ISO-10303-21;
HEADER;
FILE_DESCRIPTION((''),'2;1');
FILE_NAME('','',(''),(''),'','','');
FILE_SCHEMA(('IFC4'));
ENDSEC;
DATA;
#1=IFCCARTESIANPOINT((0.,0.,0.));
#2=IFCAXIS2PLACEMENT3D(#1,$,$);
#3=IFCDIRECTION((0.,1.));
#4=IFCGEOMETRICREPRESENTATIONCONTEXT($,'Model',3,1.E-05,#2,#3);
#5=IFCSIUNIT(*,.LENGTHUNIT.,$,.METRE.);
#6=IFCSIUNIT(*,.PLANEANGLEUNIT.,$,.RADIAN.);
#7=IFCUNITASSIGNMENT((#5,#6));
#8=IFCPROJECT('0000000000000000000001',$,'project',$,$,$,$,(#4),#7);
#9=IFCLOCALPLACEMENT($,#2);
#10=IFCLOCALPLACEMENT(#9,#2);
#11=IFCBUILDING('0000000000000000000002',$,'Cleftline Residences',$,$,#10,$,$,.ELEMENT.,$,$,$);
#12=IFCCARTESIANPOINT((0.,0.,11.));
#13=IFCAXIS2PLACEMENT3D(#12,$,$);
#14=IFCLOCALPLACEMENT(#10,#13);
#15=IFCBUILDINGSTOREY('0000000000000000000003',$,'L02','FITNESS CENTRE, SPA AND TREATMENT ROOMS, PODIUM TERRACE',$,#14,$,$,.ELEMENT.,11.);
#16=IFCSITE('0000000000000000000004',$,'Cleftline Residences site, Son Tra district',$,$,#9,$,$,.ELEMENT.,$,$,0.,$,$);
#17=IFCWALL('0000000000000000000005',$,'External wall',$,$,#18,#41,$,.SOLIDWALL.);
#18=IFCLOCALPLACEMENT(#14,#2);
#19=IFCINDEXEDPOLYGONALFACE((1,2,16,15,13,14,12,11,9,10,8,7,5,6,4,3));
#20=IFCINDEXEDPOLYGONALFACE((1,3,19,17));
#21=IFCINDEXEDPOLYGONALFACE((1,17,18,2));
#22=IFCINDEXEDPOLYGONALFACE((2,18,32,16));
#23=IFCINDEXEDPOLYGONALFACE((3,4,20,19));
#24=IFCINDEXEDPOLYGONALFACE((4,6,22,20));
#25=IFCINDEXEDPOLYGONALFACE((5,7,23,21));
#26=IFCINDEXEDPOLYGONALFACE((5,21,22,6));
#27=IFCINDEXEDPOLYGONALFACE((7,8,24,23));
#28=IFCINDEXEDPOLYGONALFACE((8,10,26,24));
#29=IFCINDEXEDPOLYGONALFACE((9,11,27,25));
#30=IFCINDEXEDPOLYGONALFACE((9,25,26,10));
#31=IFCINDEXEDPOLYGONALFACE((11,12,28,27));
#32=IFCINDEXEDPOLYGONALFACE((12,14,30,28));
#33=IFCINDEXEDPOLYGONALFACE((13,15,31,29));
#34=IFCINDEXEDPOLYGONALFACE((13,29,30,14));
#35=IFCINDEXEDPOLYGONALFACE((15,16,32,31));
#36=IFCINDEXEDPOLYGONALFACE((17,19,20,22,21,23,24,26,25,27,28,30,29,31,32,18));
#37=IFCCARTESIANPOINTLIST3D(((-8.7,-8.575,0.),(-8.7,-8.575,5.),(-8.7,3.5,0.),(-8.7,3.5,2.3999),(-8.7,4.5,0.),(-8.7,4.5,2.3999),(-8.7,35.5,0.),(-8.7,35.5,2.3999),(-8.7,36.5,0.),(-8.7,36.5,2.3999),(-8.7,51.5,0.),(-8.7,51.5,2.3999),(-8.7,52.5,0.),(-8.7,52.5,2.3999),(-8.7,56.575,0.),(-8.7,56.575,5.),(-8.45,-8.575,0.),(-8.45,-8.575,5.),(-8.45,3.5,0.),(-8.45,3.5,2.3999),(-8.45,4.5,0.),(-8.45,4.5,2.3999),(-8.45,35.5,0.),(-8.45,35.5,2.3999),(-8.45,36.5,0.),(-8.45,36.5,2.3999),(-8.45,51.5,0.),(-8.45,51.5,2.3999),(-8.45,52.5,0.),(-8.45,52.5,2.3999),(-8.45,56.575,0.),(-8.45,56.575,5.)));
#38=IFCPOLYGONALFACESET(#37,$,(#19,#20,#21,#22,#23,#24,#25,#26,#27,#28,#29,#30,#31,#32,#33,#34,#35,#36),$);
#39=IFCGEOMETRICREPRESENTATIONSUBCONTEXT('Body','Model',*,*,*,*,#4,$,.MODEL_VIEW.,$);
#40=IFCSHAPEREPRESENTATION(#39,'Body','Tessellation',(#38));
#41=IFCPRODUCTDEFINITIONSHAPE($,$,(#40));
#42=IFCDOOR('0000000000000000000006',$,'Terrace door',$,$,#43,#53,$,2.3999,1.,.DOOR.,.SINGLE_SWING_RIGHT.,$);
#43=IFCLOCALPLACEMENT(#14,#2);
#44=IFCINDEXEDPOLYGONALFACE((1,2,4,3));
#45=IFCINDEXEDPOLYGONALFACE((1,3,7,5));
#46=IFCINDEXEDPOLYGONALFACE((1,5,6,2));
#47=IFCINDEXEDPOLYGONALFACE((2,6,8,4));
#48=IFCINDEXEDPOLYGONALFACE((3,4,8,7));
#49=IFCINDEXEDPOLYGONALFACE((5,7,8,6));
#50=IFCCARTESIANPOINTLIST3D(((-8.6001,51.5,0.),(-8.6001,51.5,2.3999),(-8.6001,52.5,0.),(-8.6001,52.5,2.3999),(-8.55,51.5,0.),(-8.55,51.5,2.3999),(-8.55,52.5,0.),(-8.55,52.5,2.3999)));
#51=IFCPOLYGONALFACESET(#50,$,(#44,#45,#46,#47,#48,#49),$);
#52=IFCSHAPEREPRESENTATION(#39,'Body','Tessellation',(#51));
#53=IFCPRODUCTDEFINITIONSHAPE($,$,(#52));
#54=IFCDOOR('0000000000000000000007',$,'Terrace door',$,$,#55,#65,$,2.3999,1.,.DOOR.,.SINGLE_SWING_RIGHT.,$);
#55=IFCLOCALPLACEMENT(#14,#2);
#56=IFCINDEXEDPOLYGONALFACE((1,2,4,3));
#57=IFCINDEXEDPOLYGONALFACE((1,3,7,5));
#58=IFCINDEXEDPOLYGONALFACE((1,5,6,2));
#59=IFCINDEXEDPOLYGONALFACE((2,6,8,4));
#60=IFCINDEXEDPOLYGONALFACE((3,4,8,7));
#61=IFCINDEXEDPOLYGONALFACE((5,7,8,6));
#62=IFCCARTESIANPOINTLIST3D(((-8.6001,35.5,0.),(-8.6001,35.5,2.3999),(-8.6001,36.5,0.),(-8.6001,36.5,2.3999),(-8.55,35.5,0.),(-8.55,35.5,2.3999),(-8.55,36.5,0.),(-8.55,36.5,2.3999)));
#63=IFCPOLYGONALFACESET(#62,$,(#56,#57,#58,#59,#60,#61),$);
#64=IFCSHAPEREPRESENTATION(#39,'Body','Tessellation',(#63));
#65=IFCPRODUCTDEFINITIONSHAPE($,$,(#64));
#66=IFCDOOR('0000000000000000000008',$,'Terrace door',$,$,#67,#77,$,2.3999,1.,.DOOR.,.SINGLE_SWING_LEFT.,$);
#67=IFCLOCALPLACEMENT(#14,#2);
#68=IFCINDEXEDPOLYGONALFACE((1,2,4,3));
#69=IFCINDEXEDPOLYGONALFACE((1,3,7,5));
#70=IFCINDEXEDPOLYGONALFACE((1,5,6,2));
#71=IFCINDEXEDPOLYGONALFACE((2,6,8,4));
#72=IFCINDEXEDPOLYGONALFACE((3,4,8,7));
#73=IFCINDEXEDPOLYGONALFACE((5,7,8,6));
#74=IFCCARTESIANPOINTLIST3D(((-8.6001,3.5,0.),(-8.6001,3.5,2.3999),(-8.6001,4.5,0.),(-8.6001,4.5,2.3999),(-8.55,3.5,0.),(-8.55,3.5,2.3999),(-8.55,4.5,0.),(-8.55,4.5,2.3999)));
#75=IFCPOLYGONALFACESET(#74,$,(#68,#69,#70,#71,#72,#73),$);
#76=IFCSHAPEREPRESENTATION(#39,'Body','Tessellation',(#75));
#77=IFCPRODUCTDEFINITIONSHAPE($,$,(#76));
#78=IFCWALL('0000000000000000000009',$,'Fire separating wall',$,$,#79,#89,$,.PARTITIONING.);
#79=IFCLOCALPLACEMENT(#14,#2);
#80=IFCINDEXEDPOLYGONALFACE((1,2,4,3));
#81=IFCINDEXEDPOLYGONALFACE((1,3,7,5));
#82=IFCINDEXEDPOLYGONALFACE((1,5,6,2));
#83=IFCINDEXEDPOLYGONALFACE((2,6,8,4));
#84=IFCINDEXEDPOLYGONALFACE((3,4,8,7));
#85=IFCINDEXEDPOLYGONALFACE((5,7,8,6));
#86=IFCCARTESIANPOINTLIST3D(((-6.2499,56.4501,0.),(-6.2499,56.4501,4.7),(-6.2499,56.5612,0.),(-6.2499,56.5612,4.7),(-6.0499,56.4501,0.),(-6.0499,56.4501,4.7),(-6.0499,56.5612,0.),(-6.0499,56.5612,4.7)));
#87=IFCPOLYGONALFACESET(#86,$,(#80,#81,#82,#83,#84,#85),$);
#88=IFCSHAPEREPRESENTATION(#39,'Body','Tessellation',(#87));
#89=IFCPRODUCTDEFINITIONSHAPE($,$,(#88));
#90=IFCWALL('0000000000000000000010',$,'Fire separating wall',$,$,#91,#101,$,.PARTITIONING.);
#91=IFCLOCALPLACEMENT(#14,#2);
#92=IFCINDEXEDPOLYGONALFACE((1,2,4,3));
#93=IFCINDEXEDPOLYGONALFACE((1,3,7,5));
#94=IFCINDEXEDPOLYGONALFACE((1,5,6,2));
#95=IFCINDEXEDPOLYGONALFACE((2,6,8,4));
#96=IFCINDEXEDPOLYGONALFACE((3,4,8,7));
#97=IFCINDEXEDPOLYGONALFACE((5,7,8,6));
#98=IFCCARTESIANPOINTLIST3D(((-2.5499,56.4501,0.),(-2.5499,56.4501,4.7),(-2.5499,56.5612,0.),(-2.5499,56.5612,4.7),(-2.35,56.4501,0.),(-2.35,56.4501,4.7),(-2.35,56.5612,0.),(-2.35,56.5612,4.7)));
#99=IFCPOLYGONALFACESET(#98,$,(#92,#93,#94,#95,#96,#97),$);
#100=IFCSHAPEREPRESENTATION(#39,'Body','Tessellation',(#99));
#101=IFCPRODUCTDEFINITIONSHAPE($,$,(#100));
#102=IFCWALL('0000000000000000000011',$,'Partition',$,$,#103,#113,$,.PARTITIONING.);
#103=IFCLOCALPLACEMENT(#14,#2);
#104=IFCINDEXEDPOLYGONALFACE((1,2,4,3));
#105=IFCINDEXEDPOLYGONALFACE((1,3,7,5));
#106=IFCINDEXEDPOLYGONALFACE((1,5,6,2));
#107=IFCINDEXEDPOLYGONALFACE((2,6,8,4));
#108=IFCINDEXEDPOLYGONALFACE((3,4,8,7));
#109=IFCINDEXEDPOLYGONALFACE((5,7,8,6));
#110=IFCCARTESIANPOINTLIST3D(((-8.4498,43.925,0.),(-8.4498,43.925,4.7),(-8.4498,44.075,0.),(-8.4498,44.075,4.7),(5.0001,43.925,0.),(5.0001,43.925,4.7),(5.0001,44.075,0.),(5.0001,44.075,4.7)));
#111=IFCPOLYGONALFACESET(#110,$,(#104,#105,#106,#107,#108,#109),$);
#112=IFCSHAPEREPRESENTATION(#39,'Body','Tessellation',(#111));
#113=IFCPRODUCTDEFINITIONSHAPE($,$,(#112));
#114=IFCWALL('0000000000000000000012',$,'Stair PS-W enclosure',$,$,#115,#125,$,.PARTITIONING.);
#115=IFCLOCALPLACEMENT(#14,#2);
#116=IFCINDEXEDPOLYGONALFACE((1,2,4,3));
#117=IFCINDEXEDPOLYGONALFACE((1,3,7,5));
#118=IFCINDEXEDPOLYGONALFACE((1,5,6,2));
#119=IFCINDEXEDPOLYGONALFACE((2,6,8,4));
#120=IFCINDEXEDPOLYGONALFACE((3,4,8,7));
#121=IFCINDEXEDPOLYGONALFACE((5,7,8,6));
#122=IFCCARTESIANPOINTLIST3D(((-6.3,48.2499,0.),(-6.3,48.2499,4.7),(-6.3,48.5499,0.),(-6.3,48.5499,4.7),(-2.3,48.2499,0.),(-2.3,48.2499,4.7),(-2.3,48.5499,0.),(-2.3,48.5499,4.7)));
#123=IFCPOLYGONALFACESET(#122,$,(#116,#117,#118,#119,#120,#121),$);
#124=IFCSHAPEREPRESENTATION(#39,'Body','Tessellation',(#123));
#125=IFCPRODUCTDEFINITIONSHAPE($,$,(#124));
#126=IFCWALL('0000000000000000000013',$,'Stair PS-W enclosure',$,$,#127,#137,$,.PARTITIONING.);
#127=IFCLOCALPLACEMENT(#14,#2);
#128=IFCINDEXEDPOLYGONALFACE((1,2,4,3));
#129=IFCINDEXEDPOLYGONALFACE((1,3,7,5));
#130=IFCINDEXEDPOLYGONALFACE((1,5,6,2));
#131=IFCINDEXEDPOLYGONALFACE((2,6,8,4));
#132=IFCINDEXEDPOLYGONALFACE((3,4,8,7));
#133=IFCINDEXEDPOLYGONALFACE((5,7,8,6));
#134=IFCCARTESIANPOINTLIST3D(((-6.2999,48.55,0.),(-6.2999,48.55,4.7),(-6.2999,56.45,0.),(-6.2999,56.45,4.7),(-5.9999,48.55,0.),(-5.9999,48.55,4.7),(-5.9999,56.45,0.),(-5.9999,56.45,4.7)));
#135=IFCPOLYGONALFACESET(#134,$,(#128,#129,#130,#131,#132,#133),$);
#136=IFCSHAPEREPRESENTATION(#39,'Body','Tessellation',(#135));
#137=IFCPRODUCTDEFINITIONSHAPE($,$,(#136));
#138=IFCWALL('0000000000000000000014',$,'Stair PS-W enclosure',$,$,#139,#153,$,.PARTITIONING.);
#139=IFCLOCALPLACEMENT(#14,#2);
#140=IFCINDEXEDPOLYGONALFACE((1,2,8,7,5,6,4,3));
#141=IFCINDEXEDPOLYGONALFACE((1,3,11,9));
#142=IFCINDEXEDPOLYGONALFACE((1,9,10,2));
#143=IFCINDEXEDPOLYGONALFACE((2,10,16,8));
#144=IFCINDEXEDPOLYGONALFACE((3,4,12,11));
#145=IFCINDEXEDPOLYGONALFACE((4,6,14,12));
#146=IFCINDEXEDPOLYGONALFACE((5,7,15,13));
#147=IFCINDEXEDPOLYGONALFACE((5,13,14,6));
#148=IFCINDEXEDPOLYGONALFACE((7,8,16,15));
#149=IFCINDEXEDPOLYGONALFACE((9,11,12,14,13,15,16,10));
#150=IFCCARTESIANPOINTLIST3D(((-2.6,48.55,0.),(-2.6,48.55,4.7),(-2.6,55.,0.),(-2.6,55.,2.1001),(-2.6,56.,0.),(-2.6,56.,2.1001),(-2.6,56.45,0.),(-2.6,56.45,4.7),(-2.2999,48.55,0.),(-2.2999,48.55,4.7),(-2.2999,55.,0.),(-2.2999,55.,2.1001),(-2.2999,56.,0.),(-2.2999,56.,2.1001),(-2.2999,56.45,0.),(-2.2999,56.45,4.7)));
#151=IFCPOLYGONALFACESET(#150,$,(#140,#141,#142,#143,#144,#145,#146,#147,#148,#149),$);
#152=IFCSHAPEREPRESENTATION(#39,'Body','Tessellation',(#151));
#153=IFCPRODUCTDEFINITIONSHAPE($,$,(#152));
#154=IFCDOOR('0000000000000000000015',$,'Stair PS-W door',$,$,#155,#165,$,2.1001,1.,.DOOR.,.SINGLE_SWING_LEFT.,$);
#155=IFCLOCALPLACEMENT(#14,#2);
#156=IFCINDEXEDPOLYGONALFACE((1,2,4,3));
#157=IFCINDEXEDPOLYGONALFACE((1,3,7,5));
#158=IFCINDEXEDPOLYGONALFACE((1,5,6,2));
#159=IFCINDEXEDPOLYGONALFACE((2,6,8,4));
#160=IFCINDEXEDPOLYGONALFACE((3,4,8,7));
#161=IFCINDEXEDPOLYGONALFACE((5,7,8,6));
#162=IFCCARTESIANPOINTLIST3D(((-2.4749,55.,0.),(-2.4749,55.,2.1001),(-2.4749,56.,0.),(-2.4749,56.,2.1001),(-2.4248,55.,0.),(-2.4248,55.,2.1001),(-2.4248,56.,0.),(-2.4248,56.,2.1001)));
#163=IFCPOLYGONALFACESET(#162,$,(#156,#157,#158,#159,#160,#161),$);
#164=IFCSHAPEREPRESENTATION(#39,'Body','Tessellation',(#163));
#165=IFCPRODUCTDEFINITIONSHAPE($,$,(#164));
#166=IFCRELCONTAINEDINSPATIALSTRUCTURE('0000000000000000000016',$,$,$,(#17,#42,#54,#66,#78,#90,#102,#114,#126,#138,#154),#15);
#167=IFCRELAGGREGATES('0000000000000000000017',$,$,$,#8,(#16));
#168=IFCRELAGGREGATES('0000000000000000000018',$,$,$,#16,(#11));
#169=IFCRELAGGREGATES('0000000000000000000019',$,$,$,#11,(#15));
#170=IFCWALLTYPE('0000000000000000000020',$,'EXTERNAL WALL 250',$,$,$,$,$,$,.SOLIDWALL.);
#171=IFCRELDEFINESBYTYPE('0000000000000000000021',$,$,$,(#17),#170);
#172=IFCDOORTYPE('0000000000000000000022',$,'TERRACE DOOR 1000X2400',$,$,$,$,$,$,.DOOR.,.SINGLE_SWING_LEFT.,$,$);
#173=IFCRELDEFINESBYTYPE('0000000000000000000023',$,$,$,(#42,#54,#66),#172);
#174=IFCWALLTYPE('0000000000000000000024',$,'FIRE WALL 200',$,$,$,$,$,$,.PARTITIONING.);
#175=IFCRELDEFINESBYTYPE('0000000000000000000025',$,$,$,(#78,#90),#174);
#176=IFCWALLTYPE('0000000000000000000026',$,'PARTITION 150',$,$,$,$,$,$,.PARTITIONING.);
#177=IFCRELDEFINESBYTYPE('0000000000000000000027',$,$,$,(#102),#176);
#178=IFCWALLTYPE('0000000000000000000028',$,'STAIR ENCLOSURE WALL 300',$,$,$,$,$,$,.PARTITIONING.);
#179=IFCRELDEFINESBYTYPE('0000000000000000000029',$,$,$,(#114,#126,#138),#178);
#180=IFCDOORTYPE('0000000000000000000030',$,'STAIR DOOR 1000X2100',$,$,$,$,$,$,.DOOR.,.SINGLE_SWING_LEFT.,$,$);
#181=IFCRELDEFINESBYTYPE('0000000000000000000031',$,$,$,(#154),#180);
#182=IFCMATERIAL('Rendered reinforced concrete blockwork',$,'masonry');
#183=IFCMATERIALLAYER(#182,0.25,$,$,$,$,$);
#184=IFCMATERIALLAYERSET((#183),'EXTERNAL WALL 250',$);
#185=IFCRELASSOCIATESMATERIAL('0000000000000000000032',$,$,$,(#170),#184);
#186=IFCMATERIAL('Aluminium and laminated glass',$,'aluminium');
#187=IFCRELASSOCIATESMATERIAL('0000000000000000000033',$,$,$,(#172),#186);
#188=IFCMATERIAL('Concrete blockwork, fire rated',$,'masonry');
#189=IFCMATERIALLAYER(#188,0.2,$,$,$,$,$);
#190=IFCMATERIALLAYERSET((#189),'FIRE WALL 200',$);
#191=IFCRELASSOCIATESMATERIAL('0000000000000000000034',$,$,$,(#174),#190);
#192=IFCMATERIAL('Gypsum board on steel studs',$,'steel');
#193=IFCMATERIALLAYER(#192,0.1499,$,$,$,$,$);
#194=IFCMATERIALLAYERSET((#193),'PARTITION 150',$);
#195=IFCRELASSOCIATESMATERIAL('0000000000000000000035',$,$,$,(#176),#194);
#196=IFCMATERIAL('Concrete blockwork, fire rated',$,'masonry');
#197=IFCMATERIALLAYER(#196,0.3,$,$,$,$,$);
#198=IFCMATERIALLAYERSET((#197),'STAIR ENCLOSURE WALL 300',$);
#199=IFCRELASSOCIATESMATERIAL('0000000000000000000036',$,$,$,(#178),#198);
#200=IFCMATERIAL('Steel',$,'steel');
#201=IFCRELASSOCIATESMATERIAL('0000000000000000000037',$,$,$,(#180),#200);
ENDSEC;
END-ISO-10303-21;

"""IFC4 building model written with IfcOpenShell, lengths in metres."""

from ifc_helpers import new_model, si_unit, direction, frame, frame_2d, origin, place, context, subcontext, project, spatial, rectangle, extrude, material, layer, layer_set, type_object, element, fill, save


model = new_model("IFC4")

# Units and contexts
model_context = context("Model", 3, precision=1e-05, world=origin(), true_north=direction((0.0, 1.0)))
body_context = subcontext(model_context, "Body", "Model", "MODEL_VIEW")
ifc_project = project(units=[si_unit("LENGTHUNIT", "METRE"), si_unit("PLANEANGLEUNIT", "RADIAN")], contexts=[model_context])

# Site, building, storey
site_placement = place(None, origin())
site = spatial("IfcSite", under=ifc_project, at=site_placement, Name="Cleftline Residences site, Son Tra district", CompositionType="ELEMENT", RefElevation=0.0)
building_placement = place(site_placement, origin())
building = spatial("IfcBuilding", under=site, at=building_placement, Name="Cleftline Residences", CompositionType="ELEMENT")
storey_placement = place(building_placement, frame((0.0, 0.0, 11.0)))
storey = spatial("IfcBuildingStorey", under=building, at=storey_placement, Name="L02", Description="FITNESS CENTRE, SPA AND TREATMENT ROOMS, PODIUM TERRACE", CompositionType="ELEMENT", Elevation=11.0)

# Wall, openings, doors
ifc_material_1 = material(Name="Rendered reinforced concrete blockwork", Category="masonry")
ifc_layer_1 = layer(ifc_material_1, 0.25)
ifc_layer_set_1 = layer_set([ifc_layer_1], Name="EXTERNAL WALL 250")
wall_type_1 = type_object("IfcWallType", Name="EXTERNAL WALL 250", PredefinedType="SOLIDWALL", material=ifc_layer_set_1)
wall_1_placement = place(storey_placement, frame((-8.575, 56.575, 0.0), z_axis=(0.0, 0.0, 1.0), x_axis=(0.0, -1.0, 0.0)))
wall_1 = element("IfcWall", 1, at=wall_1_placement, inside=storey, type_object=wall_type_1, Name="External wall", PredefinedType="SOLIDWALL", context=body_context, shape_type="SweptSolid", body=[
    extrude(rectangle(XDim=65.1499, YDim=0.25, at=frame_2d((32.575, 0.0))), origin(), (0.0, 0.0, 1.0), 5.0),
])
opening_1_placement = place(wall_1_placement, frame((4.075, 0.0, 0.0)))
opening_1 = element("IfcOpeningElement", 2, at=opening_1_placement, cuts=wall_1, PredefinedType="OPENING", context=body_context, shape_type="SweptSolid", body=[
    extrude(rectangle(XDim=1.0, YDim=2.3999, at=frame_2d((0.5, 1.2))), frame((0.0, 0.135, 0.0), z_axis=(0.0, -1.0, 0.0), x_axis=(1.0, 0.0, 0.0)), (0.0, 0.0, 1.0), 0.27),
])
opening_2_placement = place(wall_1_placement, frame((20.075, 0.0, 0.0)))
opening_2 = element("IfcOpeningElement", 3, at=opening_2_placement, cuts=wall_1, PredefinedType="OPENING", context=body_context, shape_type="SweptSolid", body=[
    extrude(rectangle(XDim=1.0, YDim=2.3999, at=frame_2d((0.5, 1.2))), frame((0.0, 0.135, 0.0), z_axis=(0.0, -1.0, 0.0), x_axis=(1.0, 0.0, 0.0)), (0.0, 0.0, 1.0), 0.27),
])
opening_3_placement = place(wall_1_placement, frame((52.075, 0.0, 0.0)))
opening_3 = element("IfcOpeningElement", 4, at=opening_3_placement, cuts=wall_1, PredefinedType="OPENING", context=body_context, shape_type="SweptSolid", body=[
    extrude(rectangle(XDim=1.0, YDim=2.3999, at=frame_2d((0.5, 1.2))), frame((0.0, 0.135, 0.0), z_axis=(0.0, -1.0, 0.0), x_axis=(1.0, 0.0, 0.0)), (0.0, 0.0, 1.0), 0.27),
])
ifc_material_2 = material(Name="Aluminium and laminated glass", Category="aluminium")
door_type_1 = type_object("IfcDoorType", Name="TERRACE DOOR 1000X2400", OperationType="SINGLE_SWING_LEFT", PredefinedType="DOOR", material=ifc_material_2)
door_1_placement = place(opening_1_placement, origin())
door_1 = element("IfcDoor", 5, at=door_1_placement, inside=storey, type_object=door_type_1, Name="Terrace door", OperationType="SINGLE_SWING_RIGHT", OverallHeight=2.3999, OverallWidth=1.0, PredefinedType="DOOR", context=body_context, shape_type="SweptSolid", body=[
    extrude(rectangle(XDim=1.0, YDim=2.3999, at=frame_2d((0.5, 1.2))), frame((0.0, 0.0249, 0.0), z_axis=(0.0, -1.0, 0.0), x_axis=(1.0, 0.0, 0.0)), (0.0, 0.0, 1.0), 0.05),
])
fill(opening_1, door_1)
door_2_placement = place(opening_2_placement, origin())
door_2 = element("IfcDoor", 6, at=door_2_placement, inside=storey, type_object=door_type_1, Name="Terrace door", OperationType="SINGLE_SWING_RIGHT", OverallHeight=2.3999, OverallWidth=1.0, PredefinedType="DOOR", context=body_context, shape_type="SweptSolid", body=[
    extrude(rectangle(XDim=1.0, YDim=2.3999, at=frame_2d((0.5, 1.2))), frame((0.0, 0.0249, 0.0), z_axis=(0.0, -1.0, 0.0), x_axis=(1.0, 0.0, 0.0)), (0.0, 0.0, 1.0), 0.05),
])
fill(opening_2, door_2)
door_3_placement = place(opening_3_placement, origin())
door_3 = element("IfcDoor", 7, at=door_3_placement, inside=storey, type_object=door_type_1, Name="Terrace door", OperationType="SINGLE_SWING_LEFT", OverallHeight=2.3999, OverallWidth=1.0, PredefinedType="DOOR", context=body_context, shape_type="SweptSolid", body=[
    extrude(rectangle(XDim=1.0, YDim=2.3999, at=frame_2d((0.5, 1.2))), frame((0.0, 0.0249, 0.0), z_axis=(0.0, -1.0, 0.0), x_axis=(1.0, 0.0, 0.0)), (0.0, 0.0, 1.0), 0.05),
])
fill(opening_3, door_3)

# Walls
ifc_material_3 = material(Name="Concrete blockwork, fire rated", Category="masonry")
ifc_layer_2 = layer(ifc_material_3, 0.2)
ifc_layer_set_2 = layer_set([ifc_layer_2], Name="FIRE WALL 200")
wall_type_2 = type_object("IfcWallType", Name="FIRE WALL 200", PredefinedType="PARTITIONING", material=ifc_layer_set_2)
for number, where, z_axis, x_axis, name in (
    (8, (-6.1499, 56.45, 0.0), (0.0, 0.0, 1.0), (0.0, 1.0, 0.0), "Fire separating wall"),
    (9, (-2.45, 56.45, 0.0), (0.0, 0.0, 1.0), (0.0, 1.0, 0.0), "Fire separating wall"),
):
    element("IfcWall", number, at=place(storey_placement, frame(where, z_axis=z_axis, x_axis=x_axis)), inside=storey, type_object=wall_type_2, Name=name, PredefinedType="PARTITIONING", context=body_context, shape_type="SweptSolid", body=[
        extrude(rectangle(XDim=0.1111, YDim=0.2, at=frame_2d((0.0557, 0.0))), origin(), (0.0, 0.0, 1.0), 4.7),
    ])
ifc_material_4 = material(Name="Gypsum board on steel studs", Category="steel")
ifc_layer_3 = layer(ifc_material_4, 0.1499)
ifc_layer_set_3 = layer_set([ifc_layer_3], Name="PARTITION 150")
wall_type_3 = type_object("IfcWallType", Name="PARTITION 150", PredefinedType="PARTITIONING", material=ifc_layer_set_3)
wall_2_placement = place(storey_placement, frame((-8.45, 44.0, 0.0), z_axis=(0.0, 0.0, 1.0), x_axis=(1.0, 0.0, 0.0)))
element("IfcWall", 10, at=wall_2_placement, inside=storey, type_object=wall_type_3, Name="Partition", PredefinedType="PARTITIONING", context=body_context, shape_type="SweptSolid", body=[
    extrude(rectangle(XDim=13.45, YDim=0.1499, at=frame_2d((6.7251, 0.0))), origin(), (0.0, 0.0, 1.0), 4.7),
])
ifc_material_5 = material(Name="Concrete blockwork, fire rated", Category="masonry")
ifc_layer_4 = layer(ifc_material_5, 0.3)
ifc_layer_set_4 = layer_set([ifc_layer_4], Name="STAIR ENCLOSURE WALL 300")
wall_type_4 = type_object("IfcWallType", Name="STAIR ENCLOSURE WALL 300", PredefinedType="PARTITIONING", material=ifc_layer_set_4)
wall_3_placement = place(storey_placement, frame((-6.3, 48.3999, 0.0), z_axis=(0.0, 0.0, 1.0), x_axis=(1.0, 0.0, 0.0)))
element("IfcWall", 11, at=wall_3_placement, inside=storey, type_object=wall_type_4, Name="Stair PS-W enclosure", PredefinedType="PARTITIONING", context=body_context, shape_type="SweptSolid", body=[
    extrude(rectangle(XDim=4.0, YDim=0.3, at=frame_2d((2.0, 0.0))), origin(), (0.0, 0.0, 1.0), 4.7),
])
wall_4_placement = place(storey_placement, frame((-6.1499, 48.55, 0.0), z_axis=(0.0, 0.0, 1.0), x_axis=(0.0, 1.0, 0.0)))
element("IfcWall", 12, at=wall_4_placement, inside=storey, type_object=wall_type_4, Name="Stair PS-W enclosure", PredefinedType="PARTITIONING", context=body_context, shape_type="SweptSolid", body=[
    extrude(rectangle(XDim=7.8999, YDim=0.3, at=frame_2d((3.95, 0.0))), origin(), (0.0, 0.0, 1.0), 4.7),
])

# Wall, opening, door
wall_5_placement = place(storey_placement, frame((-2.45, 48.55, 0.0), z_axis=(0.0, 0.0, 1.0), x_axis=(0.0, 1.0, 0.0)))
wall_5 = element("IfcWall", 13, at=wall_5_placement, inside=storey, type_object=wall_type_4, Name="Stair PS-W enclosure", PredefinedType="PARTITIONING", context=body_context, shape_type="SweptSolid", body=[
    extrude(rectangle(XDim=7.8999, YDim=0.3, at=frame_2d((3.95, 0.0))), origin(), (0.0, 0.0, 1.0), 4.7),
])
opening_4_placement = place(wall_5_placement, frame((6.45, 0.0, 0.0)))
opening_4 = element("IfcOpeningElement", 14, at=opening_4_placement, cuts=wall_5, PredefinedType="OPENING", context=body_context, shape_type="SweptSolid", body=[
    extrude(rectangle(XDim=1.0, YDim=2.1001, at=frame_2d((0.5, 1.05))), frame((0.0, 0.1599, 0.0), z_axis=(0.0, -1.0, 0.0), x_axis=(1.0, 0.0, 0.0)), (0.0, 0.0, 1.0), 0.3201),
])
ifc_material_6 = material(Name="Steel", Category="steel")
door_type_2 = type_object("IfcDoorType", Name="STAIR DOOR 1000X2100", OperationType="SINGLE_SWING_LEFT", PredefinedType="DOOR", material=ifc_material_6)
door_4_placement = place(opening_4_placement, origin())
door_4 = element("IfcDoor", 15, at=door_4_placement, inside=storey, type_object=door_type_2, Name="Stair PS-W door", OperationType="SINGLE_SWING_LEFT", OverallHeight=2.1001, OverallWidth=1.0, PredefinedType="DOOR", context=body_context, shape_type="SweptSolid", body=[
    extrude(rectangle(XDim=1.0, YDim=2.1001, at=frame_2d((0.5, 1.05))), frame((0.0, 0.0249, 0.0), z_axis=(0.0, -1.0, 0.0), x_axis=(1.0, 0.0, 0.0)), (0.0, 0.0, 1.0), 0.05),
])
fill(opening_4, door_4)

save(model, "model.ifc")
